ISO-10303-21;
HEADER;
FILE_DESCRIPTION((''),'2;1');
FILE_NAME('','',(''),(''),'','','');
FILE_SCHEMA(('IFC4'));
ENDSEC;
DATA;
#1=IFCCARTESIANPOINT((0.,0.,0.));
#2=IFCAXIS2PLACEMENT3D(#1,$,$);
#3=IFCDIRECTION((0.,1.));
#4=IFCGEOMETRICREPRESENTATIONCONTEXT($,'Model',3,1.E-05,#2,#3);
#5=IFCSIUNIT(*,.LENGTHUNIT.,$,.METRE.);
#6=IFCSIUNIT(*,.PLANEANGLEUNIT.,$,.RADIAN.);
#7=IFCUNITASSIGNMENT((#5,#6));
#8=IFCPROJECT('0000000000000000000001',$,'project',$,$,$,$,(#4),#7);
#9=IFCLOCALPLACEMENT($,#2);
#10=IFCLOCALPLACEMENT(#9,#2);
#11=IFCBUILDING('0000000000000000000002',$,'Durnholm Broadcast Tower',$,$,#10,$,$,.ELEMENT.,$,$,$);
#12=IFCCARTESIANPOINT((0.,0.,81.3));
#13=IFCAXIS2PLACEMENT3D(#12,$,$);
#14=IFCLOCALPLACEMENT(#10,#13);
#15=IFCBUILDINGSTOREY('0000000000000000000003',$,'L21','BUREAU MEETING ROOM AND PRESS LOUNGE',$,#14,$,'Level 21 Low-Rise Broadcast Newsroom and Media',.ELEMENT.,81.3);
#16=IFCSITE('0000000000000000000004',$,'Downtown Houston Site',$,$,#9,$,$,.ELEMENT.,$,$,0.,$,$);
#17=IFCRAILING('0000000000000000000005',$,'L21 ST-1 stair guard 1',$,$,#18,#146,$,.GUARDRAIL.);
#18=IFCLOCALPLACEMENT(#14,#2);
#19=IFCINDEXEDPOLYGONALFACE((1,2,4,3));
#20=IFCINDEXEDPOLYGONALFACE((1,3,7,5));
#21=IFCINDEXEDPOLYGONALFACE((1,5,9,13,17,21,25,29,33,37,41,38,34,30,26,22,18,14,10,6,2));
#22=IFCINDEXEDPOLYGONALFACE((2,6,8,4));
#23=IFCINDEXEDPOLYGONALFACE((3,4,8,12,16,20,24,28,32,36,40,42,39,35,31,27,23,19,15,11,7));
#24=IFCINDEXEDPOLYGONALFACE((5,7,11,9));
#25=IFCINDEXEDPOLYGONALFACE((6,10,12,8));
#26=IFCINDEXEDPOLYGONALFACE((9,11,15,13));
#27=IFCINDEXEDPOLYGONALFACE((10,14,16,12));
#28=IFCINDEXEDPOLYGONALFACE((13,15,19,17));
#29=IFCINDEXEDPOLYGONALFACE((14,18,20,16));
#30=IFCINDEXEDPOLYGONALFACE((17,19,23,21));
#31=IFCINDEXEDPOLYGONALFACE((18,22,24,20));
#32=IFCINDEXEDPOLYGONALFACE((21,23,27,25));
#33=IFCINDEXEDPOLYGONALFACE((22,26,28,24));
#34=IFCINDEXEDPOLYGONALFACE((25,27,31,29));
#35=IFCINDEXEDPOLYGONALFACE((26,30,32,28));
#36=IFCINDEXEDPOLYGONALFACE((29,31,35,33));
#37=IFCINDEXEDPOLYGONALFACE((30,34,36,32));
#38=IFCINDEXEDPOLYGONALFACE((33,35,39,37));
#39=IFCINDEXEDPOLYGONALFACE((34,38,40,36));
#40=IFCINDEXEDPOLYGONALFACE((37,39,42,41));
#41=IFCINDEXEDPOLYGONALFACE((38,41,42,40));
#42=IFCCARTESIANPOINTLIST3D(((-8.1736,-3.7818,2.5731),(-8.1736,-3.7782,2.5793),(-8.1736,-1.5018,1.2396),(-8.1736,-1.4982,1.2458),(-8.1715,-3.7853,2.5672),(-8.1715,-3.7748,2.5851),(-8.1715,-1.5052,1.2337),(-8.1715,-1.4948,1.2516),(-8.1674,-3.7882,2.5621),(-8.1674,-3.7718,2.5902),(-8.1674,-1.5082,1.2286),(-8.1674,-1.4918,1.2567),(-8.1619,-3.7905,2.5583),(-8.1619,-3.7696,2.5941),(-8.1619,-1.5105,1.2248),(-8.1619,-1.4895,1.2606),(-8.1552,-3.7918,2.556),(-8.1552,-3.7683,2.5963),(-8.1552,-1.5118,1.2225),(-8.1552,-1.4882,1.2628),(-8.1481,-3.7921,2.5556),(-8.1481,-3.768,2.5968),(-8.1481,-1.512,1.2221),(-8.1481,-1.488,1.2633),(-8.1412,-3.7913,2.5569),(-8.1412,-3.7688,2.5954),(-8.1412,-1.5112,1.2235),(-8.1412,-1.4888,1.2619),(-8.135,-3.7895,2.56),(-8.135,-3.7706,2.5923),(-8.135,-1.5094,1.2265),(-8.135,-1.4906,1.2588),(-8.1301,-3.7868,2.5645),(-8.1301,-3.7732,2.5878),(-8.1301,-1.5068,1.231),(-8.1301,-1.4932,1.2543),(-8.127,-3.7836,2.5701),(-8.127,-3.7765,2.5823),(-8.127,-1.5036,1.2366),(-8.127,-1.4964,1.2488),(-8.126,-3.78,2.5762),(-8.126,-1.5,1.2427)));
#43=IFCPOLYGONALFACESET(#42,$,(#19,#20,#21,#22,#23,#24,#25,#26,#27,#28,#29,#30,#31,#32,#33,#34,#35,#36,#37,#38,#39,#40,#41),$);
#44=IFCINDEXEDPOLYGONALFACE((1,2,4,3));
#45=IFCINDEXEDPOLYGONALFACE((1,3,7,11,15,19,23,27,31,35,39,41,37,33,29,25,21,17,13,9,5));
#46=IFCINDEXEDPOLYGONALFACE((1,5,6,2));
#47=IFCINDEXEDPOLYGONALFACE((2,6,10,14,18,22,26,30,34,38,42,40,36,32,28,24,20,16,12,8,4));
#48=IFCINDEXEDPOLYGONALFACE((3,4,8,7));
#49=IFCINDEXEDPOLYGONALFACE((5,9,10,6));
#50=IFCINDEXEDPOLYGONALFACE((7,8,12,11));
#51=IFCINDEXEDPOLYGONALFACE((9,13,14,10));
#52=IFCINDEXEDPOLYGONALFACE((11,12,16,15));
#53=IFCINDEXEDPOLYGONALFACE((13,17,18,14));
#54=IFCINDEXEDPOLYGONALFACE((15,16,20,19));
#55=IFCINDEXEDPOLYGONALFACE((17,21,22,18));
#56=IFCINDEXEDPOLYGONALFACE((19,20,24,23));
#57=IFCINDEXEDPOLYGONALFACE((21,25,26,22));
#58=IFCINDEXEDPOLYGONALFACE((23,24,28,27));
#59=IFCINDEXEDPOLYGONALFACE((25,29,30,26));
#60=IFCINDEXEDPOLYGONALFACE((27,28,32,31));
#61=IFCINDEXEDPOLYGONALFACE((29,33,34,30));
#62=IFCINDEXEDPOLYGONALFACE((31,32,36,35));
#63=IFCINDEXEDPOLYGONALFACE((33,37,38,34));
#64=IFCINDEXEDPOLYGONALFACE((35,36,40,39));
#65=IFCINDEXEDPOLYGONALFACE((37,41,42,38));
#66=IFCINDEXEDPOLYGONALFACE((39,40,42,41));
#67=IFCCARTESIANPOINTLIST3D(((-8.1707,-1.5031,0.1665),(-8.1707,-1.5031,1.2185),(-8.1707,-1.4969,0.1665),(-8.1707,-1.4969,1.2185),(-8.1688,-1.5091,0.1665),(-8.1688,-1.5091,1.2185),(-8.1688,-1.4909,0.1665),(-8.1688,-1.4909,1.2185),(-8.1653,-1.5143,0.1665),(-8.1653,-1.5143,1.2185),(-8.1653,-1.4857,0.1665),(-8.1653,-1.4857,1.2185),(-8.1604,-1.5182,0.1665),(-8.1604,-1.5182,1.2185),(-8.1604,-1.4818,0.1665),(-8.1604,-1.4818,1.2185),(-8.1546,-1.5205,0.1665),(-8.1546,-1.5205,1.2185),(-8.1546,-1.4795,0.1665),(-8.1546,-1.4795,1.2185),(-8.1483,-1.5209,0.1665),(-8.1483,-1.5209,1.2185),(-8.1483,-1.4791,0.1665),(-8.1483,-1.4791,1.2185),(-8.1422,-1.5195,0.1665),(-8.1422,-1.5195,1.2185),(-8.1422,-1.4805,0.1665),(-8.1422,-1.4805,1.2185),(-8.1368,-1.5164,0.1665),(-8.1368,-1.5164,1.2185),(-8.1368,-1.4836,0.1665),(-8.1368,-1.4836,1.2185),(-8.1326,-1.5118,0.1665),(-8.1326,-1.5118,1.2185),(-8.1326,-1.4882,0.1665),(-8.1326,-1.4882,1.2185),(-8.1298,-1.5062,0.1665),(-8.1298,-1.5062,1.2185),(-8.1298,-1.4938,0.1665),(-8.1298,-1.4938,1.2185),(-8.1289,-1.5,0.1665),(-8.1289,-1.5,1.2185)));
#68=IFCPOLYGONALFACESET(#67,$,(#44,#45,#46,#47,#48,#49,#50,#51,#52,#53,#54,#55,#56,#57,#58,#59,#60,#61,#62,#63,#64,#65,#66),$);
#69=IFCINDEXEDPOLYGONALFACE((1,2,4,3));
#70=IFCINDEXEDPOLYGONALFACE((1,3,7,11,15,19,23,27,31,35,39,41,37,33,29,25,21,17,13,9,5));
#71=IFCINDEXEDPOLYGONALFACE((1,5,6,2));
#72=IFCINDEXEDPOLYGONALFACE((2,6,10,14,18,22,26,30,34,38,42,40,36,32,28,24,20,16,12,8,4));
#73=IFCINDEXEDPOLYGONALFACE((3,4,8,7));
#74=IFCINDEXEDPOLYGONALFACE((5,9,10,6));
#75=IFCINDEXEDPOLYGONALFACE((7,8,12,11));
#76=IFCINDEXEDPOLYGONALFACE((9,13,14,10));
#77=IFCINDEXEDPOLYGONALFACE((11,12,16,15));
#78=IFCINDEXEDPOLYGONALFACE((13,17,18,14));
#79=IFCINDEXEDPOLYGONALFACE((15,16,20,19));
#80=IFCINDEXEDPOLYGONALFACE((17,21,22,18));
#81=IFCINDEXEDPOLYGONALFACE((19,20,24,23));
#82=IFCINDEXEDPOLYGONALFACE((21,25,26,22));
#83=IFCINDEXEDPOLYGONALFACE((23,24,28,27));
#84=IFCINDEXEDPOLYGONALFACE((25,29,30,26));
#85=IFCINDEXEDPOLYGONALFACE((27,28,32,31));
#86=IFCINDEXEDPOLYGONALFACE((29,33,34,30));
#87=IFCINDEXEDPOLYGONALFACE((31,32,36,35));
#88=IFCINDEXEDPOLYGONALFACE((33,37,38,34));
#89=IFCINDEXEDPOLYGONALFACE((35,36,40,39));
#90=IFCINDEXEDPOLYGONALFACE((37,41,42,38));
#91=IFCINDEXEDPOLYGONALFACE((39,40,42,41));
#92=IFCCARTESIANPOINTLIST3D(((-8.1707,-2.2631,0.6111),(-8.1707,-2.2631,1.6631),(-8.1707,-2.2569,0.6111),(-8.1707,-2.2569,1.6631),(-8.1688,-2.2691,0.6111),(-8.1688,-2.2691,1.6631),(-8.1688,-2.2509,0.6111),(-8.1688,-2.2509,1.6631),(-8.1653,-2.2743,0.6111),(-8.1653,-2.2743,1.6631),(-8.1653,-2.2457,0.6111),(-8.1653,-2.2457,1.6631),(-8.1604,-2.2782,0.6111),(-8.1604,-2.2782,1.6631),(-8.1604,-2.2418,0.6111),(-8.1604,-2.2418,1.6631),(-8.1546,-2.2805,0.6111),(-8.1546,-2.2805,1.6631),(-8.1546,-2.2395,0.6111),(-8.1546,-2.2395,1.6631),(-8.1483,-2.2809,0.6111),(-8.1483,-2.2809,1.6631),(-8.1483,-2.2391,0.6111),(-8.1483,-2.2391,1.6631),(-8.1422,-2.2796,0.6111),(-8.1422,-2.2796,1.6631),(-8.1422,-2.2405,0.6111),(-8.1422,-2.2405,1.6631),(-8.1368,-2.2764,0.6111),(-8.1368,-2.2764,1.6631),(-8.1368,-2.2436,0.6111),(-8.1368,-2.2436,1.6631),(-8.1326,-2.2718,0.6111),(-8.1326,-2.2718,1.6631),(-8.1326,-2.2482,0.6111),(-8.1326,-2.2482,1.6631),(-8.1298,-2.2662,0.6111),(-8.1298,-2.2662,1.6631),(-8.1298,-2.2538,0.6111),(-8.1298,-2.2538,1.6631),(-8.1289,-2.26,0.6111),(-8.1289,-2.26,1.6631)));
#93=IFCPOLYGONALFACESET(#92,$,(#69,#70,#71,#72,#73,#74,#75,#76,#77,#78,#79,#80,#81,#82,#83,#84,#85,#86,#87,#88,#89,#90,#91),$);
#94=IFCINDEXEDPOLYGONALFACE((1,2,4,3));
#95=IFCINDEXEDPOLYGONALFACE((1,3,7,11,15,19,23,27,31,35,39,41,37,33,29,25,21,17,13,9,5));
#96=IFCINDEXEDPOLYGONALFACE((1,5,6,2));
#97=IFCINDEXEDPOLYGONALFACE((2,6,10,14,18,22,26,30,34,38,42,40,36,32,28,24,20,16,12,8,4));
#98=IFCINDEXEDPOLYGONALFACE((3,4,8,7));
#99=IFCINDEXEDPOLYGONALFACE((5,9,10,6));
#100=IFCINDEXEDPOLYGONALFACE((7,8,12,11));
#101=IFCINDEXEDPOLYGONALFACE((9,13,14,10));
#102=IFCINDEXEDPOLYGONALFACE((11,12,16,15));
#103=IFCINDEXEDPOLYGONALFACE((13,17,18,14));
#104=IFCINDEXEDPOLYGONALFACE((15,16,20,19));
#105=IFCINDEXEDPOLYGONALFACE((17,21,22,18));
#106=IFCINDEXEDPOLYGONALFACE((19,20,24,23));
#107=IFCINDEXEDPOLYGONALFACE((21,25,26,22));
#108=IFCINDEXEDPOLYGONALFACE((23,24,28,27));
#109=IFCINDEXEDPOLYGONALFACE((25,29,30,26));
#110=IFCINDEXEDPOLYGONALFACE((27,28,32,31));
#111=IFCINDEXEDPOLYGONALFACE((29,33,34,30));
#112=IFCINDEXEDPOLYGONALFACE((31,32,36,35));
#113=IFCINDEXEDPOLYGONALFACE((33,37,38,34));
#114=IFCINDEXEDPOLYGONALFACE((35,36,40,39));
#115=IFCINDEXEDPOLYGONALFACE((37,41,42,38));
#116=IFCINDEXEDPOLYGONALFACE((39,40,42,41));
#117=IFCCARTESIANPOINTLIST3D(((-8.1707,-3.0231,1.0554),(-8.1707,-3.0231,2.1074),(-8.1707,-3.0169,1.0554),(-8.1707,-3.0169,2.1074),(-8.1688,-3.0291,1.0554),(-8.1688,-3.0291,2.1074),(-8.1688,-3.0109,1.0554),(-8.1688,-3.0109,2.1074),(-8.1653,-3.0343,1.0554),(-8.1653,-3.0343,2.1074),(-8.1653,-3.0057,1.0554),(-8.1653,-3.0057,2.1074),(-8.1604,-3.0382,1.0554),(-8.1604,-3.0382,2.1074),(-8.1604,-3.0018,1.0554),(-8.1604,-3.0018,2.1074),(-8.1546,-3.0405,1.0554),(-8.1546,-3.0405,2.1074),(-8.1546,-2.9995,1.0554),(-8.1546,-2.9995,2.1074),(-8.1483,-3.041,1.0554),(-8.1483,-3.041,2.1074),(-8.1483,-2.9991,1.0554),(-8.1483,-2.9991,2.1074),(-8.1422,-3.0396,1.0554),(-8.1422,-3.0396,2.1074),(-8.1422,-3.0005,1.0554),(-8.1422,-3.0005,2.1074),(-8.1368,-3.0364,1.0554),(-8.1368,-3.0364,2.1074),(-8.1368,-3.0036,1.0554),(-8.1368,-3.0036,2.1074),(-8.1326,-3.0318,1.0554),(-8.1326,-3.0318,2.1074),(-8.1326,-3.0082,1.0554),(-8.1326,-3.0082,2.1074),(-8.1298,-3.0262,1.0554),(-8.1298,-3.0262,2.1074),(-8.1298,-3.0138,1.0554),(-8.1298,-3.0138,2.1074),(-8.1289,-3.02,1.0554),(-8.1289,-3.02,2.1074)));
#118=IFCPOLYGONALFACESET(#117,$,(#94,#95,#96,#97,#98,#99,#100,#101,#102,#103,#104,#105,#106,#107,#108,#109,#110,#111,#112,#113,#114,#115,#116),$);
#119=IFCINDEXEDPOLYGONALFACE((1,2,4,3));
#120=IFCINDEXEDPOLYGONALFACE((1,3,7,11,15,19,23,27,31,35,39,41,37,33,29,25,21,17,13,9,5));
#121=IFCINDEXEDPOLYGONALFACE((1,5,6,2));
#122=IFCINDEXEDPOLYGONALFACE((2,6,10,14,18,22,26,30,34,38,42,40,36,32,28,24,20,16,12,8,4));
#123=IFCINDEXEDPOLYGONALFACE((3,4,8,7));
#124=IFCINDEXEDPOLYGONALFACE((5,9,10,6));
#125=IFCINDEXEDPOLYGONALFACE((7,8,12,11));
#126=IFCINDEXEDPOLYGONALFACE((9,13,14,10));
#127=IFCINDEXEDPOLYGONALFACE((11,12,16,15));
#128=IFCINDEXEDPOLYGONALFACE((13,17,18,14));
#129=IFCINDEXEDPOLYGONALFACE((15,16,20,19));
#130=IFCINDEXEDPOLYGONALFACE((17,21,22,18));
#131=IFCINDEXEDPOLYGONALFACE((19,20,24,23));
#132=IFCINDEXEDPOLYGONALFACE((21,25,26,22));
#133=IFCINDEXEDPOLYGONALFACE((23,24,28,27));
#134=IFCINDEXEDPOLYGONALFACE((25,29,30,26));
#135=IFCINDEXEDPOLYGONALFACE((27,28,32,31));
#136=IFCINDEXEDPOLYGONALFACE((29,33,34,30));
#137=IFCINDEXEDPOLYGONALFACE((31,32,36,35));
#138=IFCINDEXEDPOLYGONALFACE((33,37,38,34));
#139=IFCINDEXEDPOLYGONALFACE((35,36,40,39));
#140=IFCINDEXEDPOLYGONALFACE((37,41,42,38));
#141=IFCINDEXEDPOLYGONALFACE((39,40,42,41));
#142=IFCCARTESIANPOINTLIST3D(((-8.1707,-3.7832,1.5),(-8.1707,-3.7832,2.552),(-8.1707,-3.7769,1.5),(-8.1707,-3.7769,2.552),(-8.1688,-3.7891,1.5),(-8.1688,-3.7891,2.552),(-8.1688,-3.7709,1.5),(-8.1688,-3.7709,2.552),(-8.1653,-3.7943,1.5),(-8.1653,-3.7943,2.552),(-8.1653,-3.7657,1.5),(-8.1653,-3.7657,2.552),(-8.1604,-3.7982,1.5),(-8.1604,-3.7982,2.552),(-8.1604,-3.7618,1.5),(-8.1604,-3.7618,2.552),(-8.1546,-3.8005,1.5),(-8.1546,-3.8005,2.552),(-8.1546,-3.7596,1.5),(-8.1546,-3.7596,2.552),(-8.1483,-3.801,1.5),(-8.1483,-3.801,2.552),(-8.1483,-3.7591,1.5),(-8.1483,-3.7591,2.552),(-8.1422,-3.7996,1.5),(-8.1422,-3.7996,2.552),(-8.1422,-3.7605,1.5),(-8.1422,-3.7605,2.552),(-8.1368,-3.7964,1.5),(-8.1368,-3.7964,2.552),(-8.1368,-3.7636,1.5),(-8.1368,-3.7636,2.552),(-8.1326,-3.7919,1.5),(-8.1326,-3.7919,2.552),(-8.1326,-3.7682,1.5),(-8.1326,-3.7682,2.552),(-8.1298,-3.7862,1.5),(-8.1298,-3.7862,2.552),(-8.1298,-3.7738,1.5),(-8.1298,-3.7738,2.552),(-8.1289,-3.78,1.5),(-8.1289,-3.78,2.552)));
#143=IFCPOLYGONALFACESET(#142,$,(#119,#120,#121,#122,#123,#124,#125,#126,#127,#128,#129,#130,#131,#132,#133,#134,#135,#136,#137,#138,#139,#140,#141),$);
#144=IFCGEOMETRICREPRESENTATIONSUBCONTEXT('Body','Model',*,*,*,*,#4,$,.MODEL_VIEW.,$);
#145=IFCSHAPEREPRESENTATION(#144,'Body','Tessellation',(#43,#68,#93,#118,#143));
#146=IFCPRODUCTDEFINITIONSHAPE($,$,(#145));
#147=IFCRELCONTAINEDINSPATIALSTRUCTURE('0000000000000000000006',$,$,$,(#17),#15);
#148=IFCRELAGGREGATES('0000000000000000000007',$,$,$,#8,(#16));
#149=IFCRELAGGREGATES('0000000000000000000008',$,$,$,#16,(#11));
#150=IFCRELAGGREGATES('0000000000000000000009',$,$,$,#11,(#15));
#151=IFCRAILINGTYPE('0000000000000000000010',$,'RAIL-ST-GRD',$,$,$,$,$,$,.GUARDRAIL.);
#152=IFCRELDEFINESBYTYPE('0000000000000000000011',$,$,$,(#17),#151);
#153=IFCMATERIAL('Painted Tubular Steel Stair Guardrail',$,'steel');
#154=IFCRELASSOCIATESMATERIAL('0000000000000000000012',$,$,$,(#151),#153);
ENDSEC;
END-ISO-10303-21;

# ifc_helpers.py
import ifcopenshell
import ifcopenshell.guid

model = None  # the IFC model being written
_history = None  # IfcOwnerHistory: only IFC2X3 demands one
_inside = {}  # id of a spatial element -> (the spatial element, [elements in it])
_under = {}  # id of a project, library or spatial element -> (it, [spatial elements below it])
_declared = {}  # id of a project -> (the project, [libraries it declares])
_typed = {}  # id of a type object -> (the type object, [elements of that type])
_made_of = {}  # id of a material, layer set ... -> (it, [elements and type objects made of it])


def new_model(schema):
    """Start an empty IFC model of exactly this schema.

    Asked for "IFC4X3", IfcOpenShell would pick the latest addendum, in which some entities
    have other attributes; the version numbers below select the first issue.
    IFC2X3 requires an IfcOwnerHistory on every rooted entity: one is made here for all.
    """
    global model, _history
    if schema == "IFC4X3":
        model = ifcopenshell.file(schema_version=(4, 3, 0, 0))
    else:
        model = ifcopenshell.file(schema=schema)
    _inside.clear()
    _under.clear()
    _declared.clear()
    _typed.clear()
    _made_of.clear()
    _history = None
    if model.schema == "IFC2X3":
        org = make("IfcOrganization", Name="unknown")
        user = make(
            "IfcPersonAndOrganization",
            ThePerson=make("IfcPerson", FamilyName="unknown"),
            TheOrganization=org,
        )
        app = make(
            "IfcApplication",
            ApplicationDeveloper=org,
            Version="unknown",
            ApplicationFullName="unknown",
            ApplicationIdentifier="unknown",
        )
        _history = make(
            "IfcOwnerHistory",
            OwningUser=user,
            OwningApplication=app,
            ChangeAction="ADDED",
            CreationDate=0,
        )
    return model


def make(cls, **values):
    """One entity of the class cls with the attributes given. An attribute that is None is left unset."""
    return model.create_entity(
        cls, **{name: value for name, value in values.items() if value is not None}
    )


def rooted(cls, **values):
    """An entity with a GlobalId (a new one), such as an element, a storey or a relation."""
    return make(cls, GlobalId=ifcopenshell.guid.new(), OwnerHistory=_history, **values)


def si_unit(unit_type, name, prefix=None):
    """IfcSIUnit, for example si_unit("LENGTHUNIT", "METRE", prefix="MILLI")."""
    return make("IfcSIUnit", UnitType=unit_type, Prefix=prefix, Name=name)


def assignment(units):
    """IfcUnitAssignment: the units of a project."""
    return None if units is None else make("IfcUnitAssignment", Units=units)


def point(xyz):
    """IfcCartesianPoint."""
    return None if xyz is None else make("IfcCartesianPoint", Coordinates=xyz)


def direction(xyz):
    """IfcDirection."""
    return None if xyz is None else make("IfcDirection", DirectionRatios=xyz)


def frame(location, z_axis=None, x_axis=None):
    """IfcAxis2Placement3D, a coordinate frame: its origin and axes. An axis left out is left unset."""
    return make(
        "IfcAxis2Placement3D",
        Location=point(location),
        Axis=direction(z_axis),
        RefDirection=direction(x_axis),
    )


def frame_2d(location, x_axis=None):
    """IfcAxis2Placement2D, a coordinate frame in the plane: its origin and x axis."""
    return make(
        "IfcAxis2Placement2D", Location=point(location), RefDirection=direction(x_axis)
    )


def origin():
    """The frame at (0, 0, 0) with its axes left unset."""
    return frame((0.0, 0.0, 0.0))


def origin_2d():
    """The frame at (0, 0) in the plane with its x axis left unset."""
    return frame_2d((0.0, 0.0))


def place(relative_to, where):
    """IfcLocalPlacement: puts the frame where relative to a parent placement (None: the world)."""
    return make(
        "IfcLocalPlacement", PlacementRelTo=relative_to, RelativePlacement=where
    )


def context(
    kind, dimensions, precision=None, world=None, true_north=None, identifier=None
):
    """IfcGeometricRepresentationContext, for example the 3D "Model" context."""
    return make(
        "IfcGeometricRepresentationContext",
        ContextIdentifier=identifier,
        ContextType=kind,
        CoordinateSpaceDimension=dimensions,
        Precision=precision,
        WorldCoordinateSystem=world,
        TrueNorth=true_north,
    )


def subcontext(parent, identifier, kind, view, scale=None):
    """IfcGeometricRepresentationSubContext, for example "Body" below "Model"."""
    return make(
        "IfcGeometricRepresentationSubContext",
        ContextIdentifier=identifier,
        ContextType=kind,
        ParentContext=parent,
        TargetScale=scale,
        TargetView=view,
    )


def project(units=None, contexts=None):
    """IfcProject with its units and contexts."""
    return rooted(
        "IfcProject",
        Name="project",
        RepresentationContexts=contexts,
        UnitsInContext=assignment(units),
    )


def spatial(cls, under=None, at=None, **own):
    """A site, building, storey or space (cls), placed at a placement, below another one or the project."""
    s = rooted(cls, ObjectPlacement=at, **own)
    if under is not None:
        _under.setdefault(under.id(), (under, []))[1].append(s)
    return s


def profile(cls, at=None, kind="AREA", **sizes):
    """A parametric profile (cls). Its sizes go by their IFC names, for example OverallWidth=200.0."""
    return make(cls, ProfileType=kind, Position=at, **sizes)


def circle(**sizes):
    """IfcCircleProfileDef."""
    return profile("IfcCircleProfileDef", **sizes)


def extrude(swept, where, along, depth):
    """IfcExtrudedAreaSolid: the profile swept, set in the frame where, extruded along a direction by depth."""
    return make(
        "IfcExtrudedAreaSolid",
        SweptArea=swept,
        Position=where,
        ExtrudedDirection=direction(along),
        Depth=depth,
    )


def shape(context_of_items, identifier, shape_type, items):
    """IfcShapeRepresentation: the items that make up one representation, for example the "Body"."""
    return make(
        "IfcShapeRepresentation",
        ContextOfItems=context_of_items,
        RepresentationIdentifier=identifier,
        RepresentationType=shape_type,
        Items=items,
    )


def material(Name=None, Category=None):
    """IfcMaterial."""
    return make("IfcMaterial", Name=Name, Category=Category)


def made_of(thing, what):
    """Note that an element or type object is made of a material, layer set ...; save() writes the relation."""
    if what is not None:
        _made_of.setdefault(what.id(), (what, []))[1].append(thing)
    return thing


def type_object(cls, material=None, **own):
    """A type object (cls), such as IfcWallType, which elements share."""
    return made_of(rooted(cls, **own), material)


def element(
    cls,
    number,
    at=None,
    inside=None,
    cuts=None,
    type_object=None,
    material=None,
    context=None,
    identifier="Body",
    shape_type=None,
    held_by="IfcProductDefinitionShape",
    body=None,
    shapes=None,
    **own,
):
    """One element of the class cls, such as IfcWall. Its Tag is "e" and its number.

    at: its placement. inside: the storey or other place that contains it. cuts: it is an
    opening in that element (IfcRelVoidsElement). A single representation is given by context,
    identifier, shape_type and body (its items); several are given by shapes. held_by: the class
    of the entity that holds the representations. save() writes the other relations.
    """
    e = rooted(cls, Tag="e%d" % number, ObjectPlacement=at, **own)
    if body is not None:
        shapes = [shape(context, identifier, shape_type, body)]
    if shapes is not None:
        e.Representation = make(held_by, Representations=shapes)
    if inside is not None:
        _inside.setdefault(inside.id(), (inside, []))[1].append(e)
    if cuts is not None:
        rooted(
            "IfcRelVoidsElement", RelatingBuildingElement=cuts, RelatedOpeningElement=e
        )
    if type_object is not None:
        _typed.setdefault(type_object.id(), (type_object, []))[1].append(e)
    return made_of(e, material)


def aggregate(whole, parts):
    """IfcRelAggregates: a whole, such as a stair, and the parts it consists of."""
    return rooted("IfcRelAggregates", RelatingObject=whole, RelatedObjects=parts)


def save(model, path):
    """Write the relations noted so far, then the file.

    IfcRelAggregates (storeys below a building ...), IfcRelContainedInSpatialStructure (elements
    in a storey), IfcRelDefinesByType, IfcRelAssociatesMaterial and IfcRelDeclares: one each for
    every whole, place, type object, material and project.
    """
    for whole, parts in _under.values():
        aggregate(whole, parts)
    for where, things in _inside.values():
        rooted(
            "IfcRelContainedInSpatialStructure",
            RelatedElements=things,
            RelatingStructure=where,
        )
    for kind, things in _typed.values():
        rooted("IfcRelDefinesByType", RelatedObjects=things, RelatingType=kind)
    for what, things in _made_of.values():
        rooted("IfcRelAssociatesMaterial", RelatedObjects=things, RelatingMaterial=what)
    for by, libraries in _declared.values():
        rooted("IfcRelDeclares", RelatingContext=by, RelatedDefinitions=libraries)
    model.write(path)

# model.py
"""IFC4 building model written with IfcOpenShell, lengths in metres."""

from ifc_helpers import new_model, si_unit, direction, frame, origin, origin_2d, place, context, subcontext, project, spatial, circle, extrude, material, type_object, element, save


model = new_model("IFC4")

# Units and contexts
model_context = context("Model", 3, precision=1e-05, world=origin(), true_north=direction((0.0, 1.0)))
body_context = subcontext(model_context, "Body", "Model", "MODEL_VIEW")
ifc_project = project(units=[si_unit("LENGTHUNIT", "METRE"), si_unit("PLANEANGLEUNIT", "RADIAN")], contexts=[model_context])

# Site, building, storey
site_placement = place(None, origin())
site = spatial("IfcSite", under=ifc_project, at=site_placement, Name="Downtown Houston Site", CompositionType="ELEMENT", RefElevation=0.0)
building_placement = place(site_placement, origin())
building = spatial("IfcBuilding", under=site, at=building_placement, Name="Durnholm Broadcast Tower", CompositionType="ELEMENT")
storey_placement = place(building_placement, frame((0.0, 0.0, 81.3)))
storey = spatial("IfcBuildingStorey", under=building, at=storey_placement, Name="L21", Description="BUREAU MEETING ROOM AND PRESS LOUNGE", LongName="Level 21 Low-Rise Broadcast Newsroom and Media", CompositionType="ELEMENT", Elevation=81.3)

# Railing
ifc_material_1 = material(Name="Painted Tubular Steel Stair Guardrail", Category="steel")
railing_type_1 = type_object("IfcRailingType", Name="RAIL-ST-GRD", PredefinedType="GUARDRAIL", material=ifc_material_1)
railing_1_placement = place(storey_placement, frame((-8.1499, -1.5, 0.1665)))
element("IfcRailing", 1, at=railing_1_placement, inside=storey, type_object=railing_type_1, Name="L21 ST-1 stair guard 1", PredefinedType="GUARDRAIL", context=body_context, shape_type="SweptSolid", body=[
    extrude(circle(Radius=0.0239, at=origin_2d()), frame((0.0, 0.0, 1.0762), z_axis=(0.0, -0.863205, 0.504853), x_axis=(1.0, 0.0, 0.0)), (0.0, 0.0, 1.0), 2.6414),
    extrude(circle(Radius=0.021, at=origin_2d()), origin(), (0.0, 0.0, 1.0), 1.052),
    extrude(circle(Radius=0.021, at=origin_2d()), frame((0.0, -0.76, 0.4446)), (0.0, 0.0, 1.0), 1.052),
    extrude(circle(Radius=0.021, at=origin_2d()), frame((0.0, -1.52, 0.8889)), (0.0, 0.0, 1.0), 1.052),
    extrude(circle(Radius=0.021, at=origin_2d()), frame((0.0, -2.28, 1.3335)), (0.0, 0.0, 1.0), 1.052),
])

save(model, "model.ifc")
